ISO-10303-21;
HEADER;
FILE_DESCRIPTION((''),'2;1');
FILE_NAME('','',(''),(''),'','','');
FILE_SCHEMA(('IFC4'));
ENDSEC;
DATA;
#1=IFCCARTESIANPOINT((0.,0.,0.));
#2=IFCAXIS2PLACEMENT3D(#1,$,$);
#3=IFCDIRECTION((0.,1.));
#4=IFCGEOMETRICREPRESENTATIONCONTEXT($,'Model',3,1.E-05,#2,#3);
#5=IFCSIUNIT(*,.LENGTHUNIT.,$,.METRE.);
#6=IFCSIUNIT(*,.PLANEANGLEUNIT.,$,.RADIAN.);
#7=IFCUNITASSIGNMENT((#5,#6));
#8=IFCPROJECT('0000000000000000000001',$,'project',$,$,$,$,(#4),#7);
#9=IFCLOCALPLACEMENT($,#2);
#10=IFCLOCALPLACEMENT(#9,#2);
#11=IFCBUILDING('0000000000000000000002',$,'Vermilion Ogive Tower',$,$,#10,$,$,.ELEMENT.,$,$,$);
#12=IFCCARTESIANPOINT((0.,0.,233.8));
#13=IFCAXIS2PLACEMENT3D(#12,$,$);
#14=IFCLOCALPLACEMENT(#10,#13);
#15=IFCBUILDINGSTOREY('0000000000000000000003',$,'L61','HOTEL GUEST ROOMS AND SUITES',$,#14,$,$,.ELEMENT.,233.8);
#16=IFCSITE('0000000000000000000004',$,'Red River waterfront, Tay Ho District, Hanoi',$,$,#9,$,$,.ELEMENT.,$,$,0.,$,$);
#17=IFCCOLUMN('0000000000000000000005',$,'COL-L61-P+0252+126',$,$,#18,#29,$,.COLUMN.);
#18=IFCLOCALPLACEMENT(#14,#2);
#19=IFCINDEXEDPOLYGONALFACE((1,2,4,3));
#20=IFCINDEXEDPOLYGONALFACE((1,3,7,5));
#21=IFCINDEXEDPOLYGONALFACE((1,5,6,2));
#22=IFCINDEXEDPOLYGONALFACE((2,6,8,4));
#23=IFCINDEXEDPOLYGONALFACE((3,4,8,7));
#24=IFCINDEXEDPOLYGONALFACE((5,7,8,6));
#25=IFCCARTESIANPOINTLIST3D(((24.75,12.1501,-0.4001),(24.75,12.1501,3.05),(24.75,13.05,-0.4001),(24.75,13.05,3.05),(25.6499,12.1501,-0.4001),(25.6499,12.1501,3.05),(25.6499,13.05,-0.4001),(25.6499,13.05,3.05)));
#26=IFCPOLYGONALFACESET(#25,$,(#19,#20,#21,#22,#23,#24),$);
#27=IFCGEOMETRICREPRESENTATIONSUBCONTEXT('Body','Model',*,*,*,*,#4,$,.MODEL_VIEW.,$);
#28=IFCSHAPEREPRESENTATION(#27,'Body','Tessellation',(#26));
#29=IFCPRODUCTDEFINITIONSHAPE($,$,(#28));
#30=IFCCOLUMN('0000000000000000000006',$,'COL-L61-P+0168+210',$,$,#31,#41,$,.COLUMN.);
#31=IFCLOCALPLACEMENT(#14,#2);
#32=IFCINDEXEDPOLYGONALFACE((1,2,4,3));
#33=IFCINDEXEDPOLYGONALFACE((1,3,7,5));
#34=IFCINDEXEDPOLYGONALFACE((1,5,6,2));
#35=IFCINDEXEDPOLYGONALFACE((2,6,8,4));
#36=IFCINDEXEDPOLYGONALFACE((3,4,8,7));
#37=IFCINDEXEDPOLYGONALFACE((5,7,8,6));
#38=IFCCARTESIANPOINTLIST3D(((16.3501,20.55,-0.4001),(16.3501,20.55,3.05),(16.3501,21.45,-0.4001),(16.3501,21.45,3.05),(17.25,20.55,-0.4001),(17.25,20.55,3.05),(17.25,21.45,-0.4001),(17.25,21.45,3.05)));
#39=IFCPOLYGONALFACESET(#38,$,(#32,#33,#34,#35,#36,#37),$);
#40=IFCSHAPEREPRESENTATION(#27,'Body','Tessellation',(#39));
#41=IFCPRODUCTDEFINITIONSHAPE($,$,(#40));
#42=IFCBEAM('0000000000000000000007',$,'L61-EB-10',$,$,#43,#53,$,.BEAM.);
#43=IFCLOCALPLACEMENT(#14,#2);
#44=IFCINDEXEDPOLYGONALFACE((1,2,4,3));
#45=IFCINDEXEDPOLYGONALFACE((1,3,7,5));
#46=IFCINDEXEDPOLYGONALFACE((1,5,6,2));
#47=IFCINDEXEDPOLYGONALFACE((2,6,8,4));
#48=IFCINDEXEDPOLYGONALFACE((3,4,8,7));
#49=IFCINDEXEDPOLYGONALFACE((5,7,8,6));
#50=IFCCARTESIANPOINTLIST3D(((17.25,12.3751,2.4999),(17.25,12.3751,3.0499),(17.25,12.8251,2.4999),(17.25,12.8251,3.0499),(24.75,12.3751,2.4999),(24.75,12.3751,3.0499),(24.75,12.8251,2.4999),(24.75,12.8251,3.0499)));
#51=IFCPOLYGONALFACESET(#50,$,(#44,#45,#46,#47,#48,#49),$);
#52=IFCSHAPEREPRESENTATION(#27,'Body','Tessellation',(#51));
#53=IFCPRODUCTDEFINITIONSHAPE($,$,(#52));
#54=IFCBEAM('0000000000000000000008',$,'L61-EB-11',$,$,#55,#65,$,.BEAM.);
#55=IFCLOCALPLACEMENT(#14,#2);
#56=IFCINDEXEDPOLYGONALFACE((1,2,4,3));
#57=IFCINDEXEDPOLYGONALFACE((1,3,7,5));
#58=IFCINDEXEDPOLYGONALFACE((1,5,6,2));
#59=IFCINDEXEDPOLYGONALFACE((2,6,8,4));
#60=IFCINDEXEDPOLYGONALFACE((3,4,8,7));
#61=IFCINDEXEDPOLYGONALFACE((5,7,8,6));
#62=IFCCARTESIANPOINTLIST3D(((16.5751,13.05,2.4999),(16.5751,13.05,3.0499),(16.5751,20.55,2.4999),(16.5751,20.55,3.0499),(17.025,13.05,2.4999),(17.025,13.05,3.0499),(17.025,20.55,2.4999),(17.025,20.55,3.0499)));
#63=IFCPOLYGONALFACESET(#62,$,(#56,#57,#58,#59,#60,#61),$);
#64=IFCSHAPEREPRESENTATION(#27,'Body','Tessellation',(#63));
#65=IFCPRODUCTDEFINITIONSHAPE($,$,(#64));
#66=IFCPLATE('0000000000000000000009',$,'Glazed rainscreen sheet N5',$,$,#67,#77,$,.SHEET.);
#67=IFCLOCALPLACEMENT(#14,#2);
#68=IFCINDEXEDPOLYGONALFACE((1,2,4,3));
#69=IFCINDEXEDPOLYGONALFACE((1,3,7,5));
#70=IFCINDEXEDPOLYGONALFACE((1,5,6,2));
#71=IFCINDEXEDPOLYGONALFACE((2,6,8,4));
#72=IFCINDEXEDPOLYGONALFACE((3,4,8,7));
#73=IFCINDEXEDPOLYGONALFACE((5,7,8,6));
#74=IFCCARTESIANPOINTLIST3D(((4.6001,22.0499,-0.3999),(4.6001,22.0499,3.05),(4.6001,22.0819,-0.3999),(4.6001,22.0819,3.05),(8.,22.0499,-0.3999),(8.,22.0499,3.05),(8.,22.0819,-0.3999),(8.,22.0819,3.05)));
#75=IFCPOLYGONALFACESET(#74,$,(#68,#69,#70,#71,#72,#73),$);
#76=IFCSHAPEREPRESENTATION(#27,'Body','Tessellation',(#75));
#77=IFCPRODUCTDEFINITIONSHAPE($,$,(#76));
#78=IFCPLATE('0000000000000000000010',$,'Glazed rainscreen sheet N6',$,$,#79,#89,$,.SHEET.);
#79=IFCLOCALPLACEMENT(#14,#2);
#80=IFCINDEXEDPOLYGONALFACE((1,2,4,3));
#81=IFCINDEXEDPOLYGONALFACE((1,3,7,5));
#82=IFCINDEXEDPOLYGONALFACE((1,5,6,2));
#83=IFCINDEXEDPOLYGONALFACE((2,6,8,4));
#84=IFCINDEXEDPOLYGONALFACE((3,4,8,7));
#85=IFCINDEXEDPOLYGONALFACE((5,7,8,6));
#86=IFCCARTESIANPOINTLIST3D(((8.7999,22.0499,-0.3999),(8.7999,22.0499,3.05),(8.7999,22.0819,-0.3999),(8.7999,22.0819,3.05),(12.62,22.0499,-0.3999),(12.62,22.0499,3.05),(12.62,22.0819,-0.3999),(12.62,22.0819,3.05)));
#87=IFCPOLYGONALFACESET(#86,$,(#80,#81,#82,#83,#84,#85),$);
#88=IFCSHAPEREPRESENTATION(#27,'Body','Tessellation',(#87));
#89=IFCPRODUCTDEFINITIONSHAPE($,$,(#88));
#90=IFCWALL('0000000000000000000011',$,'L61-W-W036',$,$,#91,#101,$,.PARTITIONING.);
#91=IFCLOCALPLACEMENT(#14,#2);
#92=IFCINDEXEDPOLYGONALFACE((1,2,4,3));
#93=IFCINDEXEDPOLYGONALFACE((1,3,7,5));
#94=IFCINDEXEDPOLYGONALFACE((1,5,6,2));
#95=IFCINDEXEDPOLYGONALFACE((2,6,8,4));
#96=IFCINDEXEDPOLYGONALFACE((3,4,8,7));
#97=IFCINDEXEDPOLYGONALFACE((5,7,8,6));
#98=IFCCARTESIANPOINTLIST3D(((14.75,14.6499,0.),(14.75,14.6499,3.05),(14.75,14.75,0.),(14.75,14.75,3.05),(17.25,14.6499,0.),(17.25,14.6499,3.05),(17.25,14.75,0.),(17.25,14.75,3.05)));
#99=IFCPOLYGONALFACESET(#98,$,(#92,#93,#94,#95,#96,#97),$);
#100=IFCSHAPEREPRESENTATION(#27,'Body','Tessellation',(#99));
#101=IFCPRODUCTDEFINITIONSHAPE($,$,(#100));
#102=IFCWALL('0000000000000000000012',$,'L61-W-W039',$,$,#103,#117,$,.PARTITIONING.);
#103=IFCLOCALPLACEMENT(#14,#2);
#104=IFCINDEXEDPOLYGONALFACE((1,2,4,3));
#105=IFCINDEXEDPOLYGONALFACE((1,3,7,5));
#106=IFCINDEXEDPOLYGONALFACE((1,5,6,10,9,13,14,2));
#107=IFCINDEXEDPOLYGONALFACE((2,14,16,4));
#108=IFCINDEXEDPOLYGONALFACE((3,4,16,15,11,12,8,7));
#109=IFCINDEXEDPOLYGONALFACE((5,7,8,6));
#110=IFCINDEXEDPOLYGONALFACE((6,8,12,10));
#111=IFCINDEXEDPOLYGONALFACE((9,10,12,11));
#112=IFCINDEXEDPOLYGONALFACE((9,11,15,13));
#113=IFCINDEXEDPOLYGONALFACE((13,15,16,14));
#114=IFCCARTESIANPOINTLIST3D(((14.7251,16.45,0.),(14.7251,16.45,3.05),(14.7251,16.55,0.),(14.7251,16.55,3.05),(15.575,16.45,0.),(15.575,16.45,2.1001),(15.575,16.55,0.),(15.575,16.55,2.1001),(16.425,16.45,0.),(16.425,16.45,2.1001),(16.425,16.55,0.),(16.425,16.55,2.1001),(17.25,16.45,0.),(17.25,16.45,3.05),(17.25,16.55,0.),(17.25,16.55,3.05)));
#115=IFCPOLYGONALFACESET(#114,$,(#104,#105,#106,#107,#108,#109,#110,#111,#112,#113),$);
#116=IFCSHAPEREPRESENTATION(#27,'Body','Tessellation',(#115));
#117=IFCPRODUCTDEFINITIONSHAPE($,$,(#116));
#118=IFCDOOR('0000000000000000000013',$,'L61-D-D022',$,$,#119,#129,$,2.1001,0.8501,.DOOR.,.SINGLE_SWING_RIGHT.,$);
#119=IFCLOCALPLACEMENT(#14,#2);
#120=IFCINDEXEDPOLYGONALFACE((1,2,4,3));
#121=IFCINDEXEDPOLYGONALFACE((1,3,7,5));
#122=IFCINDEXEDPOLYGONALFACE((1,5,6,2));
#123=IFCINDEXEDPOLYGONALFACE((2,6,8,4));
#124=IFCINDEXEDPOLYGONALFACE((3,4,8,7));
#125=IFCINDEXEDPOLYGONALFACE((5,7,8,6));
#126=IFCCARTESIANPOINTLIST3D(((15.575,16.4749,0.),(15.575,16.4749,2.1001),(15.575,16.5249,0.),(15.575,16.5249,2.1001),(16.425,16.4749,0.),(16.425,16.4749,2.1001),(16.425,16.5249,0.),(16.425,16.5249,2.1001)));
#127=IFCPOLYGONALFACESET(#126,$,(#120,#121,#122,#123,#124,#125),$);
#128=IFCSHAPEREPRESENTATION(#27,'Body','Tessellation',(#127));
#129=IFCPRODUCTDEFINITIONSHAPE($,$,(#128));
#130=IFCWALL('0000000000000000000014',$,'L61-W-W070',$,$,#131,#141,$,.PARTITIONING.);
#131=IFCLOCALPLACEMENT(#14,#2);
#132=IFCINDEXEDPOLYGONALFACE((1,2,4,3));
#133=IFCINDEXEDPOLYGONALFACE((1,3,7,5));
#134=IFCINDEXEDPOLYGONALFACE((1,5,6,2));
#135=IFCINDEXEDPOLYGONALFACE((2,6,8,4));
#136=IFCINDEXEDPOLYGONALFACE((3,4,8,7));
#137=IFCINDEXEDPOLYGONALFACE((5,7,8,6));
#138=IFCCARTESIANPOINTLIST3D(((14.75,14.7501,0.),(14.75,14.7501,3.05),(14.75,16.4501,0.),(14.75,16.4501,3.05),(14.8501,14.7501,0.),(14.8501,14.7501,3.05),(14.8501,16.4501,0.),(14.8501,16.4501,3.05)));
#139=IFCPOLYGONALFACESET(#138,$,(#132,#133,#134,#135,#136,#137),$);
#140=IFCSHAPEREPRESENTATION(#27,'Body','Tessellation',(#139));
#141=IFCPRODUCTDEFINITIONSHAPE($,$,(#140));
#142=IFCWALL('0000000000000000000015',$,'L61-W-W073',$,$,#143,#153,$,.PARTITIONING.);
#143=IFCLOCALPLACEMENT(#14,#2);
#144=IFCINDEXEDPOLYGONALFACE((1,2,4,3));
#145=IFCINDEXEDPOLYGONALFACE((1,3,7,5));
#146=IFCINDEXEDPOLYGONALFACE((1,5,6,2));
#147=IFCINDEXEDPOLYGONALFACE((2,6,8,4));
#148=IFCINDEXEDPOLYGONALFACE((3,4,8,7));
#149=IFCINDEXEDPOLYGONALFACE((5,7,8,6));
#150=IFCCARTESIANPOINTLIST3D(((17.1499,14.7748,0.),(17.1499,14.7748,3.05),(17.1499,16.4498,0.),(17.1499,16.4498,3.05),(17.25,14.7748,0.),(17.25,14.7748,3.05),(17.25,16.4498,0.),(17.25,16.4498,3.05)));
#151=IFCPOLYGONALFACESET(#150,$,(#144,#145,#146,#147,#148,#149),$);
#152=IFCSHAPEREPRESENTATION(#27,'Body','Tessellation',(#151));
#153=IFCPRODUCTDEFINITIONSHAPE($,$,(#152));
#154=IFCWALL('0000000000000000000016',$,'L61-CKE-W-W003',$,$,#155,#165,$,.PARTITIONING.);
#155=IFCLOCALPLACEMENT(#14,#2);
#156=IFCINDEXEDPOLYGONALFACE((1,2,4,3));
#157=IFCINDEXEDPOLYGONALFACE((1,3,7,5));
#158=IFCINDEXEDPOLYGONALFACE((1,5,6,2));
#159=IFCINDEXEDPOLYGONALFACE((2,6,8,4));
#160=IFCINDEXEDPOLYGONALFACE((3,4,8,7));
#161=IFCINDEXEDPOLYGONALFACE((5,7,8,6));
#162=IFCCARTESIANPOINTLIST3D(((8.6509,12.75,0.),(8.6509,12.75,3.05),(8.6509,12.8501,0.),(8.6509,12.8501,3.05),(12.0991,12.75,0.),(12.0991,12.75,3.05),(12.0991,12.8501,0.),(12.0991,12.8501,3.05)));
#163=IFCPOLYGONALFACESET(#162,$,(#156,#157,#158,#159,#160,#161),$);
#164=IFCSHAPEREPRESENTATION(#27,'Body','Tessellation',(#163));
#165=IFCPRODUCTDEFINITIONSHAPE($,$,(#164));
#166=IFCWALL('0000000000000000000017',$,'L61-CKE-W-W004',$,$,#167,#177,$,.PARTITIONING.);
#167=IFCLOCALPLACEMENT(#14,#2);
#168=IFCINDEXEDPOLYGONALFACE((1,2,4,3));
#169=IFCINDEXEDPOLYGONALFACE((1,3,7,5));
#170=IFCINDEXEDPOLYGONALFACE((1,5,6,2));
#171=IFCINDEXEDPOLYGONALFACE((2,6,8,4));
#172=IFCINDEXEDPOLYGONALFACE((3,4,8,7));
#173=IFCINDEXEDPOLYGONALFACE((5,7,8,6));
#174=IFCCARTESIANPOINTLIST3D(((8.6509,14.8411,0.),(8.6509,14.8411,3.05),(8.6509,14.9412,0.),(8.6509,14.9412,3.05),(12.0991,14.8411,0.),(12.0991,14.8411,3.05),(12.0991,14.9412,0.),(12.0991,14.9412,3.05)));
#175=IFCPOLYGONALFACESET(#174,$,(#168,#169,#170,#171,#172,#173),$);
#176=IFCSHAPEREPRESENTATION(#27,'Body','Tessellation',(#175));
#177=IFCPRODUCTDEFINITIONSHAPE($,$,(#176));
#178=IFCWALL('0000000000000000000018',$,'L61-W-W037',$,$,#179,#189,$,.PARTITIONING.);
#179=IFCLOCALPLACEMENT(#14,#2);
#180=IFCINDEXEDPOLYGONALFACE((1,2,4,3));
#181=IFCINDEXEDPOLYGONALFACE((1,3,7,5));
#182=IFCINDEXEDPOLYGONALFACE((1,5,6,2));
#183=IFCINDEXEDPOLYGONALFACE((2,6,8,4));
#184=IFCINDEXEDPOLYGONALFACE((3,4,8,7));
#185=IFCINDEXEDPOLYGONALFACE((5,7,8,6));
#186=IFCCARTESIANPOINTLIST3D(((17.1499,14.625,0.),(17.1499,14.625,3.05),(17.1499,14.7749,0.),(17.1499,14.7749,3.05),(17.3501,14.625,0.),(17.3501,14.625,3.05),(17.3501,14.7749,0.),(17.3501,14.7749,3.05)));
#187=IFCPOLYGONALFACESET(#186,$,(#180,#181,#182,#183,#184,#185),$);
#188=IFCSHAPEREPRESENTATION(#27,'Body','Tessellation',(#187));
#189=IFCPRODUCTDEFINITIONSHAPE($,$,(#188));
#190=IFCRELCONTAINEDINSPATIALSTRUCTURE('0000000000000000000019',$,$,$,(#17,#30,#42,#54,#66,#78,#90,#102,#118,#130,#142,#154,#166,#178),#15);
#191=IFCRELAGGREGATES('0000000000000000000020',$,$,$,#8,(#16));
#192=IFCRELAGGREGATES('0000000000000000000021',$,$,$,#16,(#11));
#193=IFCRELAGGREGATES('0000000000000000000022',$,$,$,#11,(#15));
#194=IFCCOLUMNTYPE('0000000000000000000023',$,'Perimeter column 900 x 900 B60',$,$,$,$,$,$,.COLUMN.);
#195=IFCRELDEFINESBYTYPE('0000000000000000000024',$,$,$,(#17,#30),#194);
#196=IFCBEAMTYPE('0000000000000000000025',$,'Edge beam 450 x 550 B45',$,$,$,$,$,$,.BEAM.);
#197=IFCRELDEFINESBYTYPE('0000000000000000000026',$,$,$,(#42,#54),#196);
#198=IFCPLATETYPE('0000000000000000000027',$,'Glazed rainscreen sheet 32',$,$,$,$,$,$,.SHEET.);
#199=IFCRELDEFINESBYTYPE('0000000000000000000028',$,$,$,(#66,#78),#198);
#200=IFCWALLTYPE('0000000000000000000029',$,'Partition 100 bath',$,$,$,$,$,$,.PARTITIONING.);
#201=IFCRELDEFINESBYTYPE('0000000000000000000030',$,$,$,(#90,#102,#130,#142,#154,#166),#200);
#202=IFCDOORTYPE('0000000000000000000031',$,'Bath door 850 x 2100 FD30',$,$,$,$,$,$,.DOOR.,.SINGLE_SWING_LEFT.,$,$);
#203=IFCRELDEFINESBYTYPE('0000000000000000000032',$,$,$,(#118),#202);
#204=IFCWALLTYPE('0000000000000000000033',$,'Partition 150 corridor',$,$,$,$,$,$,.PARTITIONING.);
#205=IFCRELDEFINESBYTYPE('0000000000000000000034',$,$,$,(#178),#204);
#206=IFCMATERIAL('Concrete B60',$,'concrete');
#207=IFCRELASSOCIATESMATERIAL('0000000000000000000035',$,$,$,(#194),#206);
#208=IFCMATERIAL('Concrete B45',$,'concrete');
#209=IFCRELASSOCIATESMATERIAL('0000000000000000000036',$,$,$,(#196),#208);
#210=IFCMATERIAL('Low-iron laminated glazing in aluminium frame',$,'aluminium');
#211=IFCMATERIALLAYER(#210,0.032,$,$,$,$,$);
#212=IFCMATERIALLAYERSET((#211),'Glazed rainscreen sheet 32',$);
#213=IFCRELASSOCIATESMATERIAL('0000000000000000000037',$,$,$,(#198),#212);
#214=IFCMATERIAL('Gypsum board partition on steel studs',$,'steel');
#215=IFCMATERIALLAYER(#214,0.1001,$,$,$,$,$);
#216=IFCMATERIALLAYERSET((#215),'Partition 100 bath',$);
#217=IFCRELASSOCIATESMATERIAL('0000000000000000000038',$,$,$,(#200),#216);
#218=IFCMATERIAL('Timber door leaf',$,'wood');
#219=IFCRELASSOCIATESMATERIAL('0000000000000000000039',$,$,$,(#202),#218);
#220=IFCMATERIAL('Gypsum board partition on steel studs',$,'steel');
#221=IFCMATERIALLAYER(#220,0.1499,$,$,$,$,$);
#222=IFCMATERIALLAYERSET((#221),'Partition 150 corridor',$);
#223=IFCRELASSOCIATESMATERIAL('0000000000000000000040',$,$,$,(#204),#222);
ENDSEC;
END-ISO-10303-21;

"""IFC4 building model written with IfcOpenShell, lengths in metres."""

from ifc_helpers import new_model, si_unit, direction, frame, frame_2d, origin, origin_2d, place, context, subcontext, project, spatial, rectangle, extrude, material, layer, layer_set, material_profile, profile_set, type_object, element, fill, save


model = new_model("IFC4")

# Units and contexts
model_context = context("Model", 3, precision=1e-05, world=origin(), true_north=direction((0.0, 1.0)))
body_context = subcontext(model_context, "Body", "Model", "MODEL_VIEW")
ifc_project = project(units=[si_unit("LENGTHUNIT", "METRE"), si_unit("PLANEANGLEUNIT", "RADIAN")], contexts=[model_context])

# Site, building, storey
site_placement = place(None, origin())
site = spatial("IfcSite", under=ifc_project, at=site_placement, Name="Red River waterfront, Tay Ho District, Hanoi", CompositionType="ELEMENT", RefElevation=0.0)
building_placement = place(site_placement, origin())
building = spatial("IfcBuilding", under=site, at=building_placement, Name="Vermilion Ogive Tower", CompositionType="ELEMENT")
storey_placement = place(building_placement, frame((0.0, 0.0, 233.8)))
storey = spatial("IfcBuildingStorey", under=building, at=storey_placement, Name="L61", Description="HOTEL GUEST ROOMS AND SUITES", CompositionType="ELEMENT", Elevation=233.8)

# Columns
ifc_material_1 = material(Name="Concrete B60", Category="concrete")
ifc_material_profile_1 = material_profile(ifc_material_1, rectangle(XDim=0.8999, YDim=0.8999, at=origin_2d()), Name="900 x 900")
ifc_profile_set_1 = profile_set([ifc_material_profile_1], Name="Concrete B60")
column_type = type_object("IfcColumnType", Name="Perimeter column 900 x 900 B60", PredefinedType="COLUMN", material=ifc_profile_set_1)
for number, where, z_axis, x_axis, name in (
    (1, (25.2, 12.6001, -0.4001), (0.0, 0.0, 1.0), (1.0, 0.0, 0.0), "COL-L61-P+0252+126"),
    (2, (16.8, 21.0, -0.4001), (0.0, 0.0, 1.0), (1.0, 0.0, 0.0), "COL-L61-P+0168+210"),
):
    element("IfcColumn", number, at=place(storey_placement, frame(where, z_axis=z_axis, x_axis=x_axis)), inside=storey, type_object=column_type, Name=name, PredefinedType="COLUMN", context=body_context, shape_type="SweptSolid", body=[
        extrude(rectangle(XDim=0.8999, YDim=0.8999, at=origin_2d()), origin(), (0.0, 0.0, 1.0), 3.4502),
    ])

# Beams
ifc_material_2 = material(Name="Concrete B45", Category="concrete")
ifc_material_profile_2 = material_profile(ifc_material_2, rectangle(XDim=0.45, YDim=0.55, at=origin_2d()), Name="450 x 550")
ifc_profile_set_2 = profile_set([ifc_material_profile_2], Name="Concrete B45")
beam_type = type_object("IfcBeamType", Name="Edge beam 450 x 550 B45", PredefinedType="BEAM", material=ifc_profile_set_2)
for number, where, z_axis, x_axis, name in (
    (3, (24.75, 12.6001, 2.7749), (-1.0, 0.0, 0.0), (0.0, -1.0, 0.0), "L61-EB-10"),
    (4, (16.8, 13.05, 2.7749), (0.0, 1.0, 0.0), (-1.0, 0.0, 0.0), "L61-EB-11"),
):
    element("IfcBeam", number, at=place(storey_placement, frame(where, z_axis=z_axis, x_axis=x_axis)), inside=storey, type_object=beam_type, Name=name, PredefinedType="BEAM", context=body_context, shape_type="SweptSolid", body=[
        extrude(rectangle(XDim=0.45, YDim=0.55, at=origin_2d()), origin(), (0.0, 0.0, 1.0), 7.5),
    ])

# Plates
ifc_material_3 = material(Name="Low-iron laminated glazing in aluminium frame", Category="aluminium")
ifc_layer_1 = layer(ifc_material_3, 0.032)
ifc_layer_set_1 = layer_set([ifc_layer_1], Name="Glazed rainscreen sheet 32")
plate_type = type_object("IfcPlateType", Name="Glazed rainscreen sheet 32", PredefinedType="SHEET", material=ifc_layer_set_1)
plate_1_placement = place(storey_placement, frame((6.3, 22.0659, -0.3999), z_axis=(0.0, 0.0, 1.0), x_axis=(1.0, 0.0, 0.0)))
element("IfcPlate", 5, at=plate_1_placement, inside=storey, type_object=plate_type, Name="Glazed rainscreen sheet N5", PredefinedType="SHEET", context=body_context, shape_type="SweptSolid", body=[
    extrude(rectangle(XDim=3.3999, YDim=0.032, at=origin_2d()), origin(), (0.0, 0.0, 1.0), 3.45),
])
plate_2_placement = place(storey_placement, frame((10.71, 22.0659, -0.3999), z_axis=(0.0, 0.0, 1.0), x_axis=(1.0, 0.0, 0.0)))
element("IfcPlate", 6, at=plate_2_placement, inside=storey, type_object=plate_type, Name="Glazed rainscreen sheet N6", PredefinedType="SHEET", context=body_context, shape_type="SweptSolid", body=[
    extrude(rectangle(XDim=3.8201, YDim=0.032, at=origin_2d()), origin(), (0.0, 0.0, 1.0), 3.45),
])

# Wall
ifc_material_4 = material(Name="Gypsum board partition on steel studs", Category="steel")
ifc_layer_2 = layer(ifc_material_4, 0.1001)
ifc_layer_set_2 = layer_set([ifc_layer_2], Name="Partition 100 bath")
wall_type_1 = type_object("IfcWallType", Name="Partition 100 bath", PredefinedType="PARTITIONING", material=ifc_layer_set_2)
wall_1_placement = place(storey_placement, frame((14.75, 14.7, 0.0), z_axis=(0.0, 0.0, 1.0), x_axis=(1.0, 0.0, 0.0)))
element("IfcWall", 7, at=wall_1_placement, inside=storey, type_object=wall_type_1, Name="L61-W-W036", PredefinedType="PARTITIONING", context=body_context, shape_type="SweptSolid", body=[
    extrude(rectangle(XDim=2.5, YDim=0.1001, at=frame_2d((1.25, 0.0))), origin(), (0.0, 0.0, 1.0), 3.05),
])

# Wall, opening, door
wall_2_placement = place(storey_placement, frame((14.7251, 16.5, 0.0), z_axis=(0.0, 0.0, 1.0), x_axis=(1.0, 0.0, 0.0)))
wall_2 = element("IfcWall", 8, at=wall_2_placement, inside=storey, type_object=wall_type_1, Name="L61-W-W039", PredefinedType="PARTITIONING", context=body_context, shape_type="SweptSolid", body=[
    extrude(rectangle(XDim=2.5249, YDim=0.1001, at=frame_2d((1.2625, 0.0))), origin(), (0.0, 0.0, 1.0), 3.05),
])
opening_1_placement = place(wall_2_placement, frame((0.8499, 0.0, 0.0)))
opening_1 = element("IfcOpeningElement", 9, at=opening_1_placement, cuts=wall_2, PredefinedType="OPENING", context=body_context, shape_type="SweptSolid", body=[
    extrude(rectangle(XDim=0.8501, YDim=2.1001, at=frame_2d((0.425, 1.05))), frame((0.0, 0.0601, 0.0), z_axis=(0.0, -1.0, 0.0), x_axis=(1.0, 0.0, 0.0)), (0.0, 0.0, 1.0), 0.1201),
])
ifc_material_5 = material(Name="Timber door leaf", Category="wood")
door_type_1 = type_object("IfcDoorType", Name="Bath door 850 x 2100 FD30", OperationType="SINGLE_SWING_LEFT", PredefinedType="DOOR", material=ifc_material_5)
door_1_placement = place(opening_1_placement, origin())
door_1 = element("IfcDoor", 10, at=door_1_placement, inside=storey, type_object=door_type_1, Name="L61-D-D022", OperationType="SINGLE_SWING_RIGHT", OverallHeight=2.1001, OverallWidth=0.8501, PredefinedType="DOOR", context=body_context, shape_type="SweptSolid", body=[
    extrude(rectangle(XDim=0.8501, YDim=2.1001, at=frame_2d((0.425, 1.05))), frame((0.0, 0.0249, 0.0), z_axis=(0.0, -1.0, 0.0), x_axis=(1.0, 0.0, 0.0)), (0.0, 0.0, 1.0), 0.05),
])
fill(opening_1, door_1)

# Walls
wall_3_placement = place(storey_placement, frame((14.8, 14.75, 0.0), z_axis=(0.0, 0.0, 1.0), x_axis=(0.0, 1.0, 0.0)))
element("IfcWall", 11, at=wall_3_placement, inside=storey, type_object=wall_type_1, Name="L61-W-W070", PredefinedType="PARTITIONING", context=body_context, shape_type="SweptSolid", body=[
    extrude(rectangle(XDim=1.7, YDim=0.1001, at=frame_2d((0.8501, 0.0))), origin(), (0.0, 0.0, 1.0), 3.05),
])
wall_4_placement = place(storey_placement, frame((17.2, 14.7749, 0.0), z_axis=(0.0, 0.0, 1.0), x_axis=(0.0, 1.0, 0.0)))
element("IfcWall", 12, at=wall_4_placement, inside=storey, type_object=wall_type_1, Name="L61-W-W073", PredefinedType="PARTITIONING", context=body_context, shape_type="SweptSolid", body=[
    extrude(rectangle(XDim=1.675, YDim=0.1001, at=frame_2d((0.8374, 0.0))), origin(), (0.0, 0.0, 1.0), 3.05),
])
for number, where, z_axis, x_axis, name in (
    (13, (8.6509, 12.8, 0.0), (0.0, 0.0, 1.0), (1.0, 0.0, 0.0), "L61-CKE-W-W003"),
    (14, (8.6509, 14.8911, 0.0), (0.0, 0.0, 1.0), (1.0, 0.0, 0.0), "L61-CKE-W-W004"),
):
    element("IfcWall", number, at=place(storey_placement, frame(where, z_axis=z_axis, x_axis=x_axis)), inside=storey, type_object=wall_type_1, Name=name, PredefinedType="PARTITIONING", context=body_context, shape_type="SweptSolid", body=[
        extrude(rectangle(XDim=3.4482, YDim=0.1001, at=frame_2d((1.7241, 0.0))), origin(), (0.0, 0.0, 1.0), 3.05),
    ])
ifc_material_6 = material(Name="Gypsum board partition on steel studs", Category="steel")
ifc_layer_3 = layer(ifc_material_6, 0.1499)
ifc_layer_set_3 = layer_set([ifc_layer_3], Name="Partition 150 corridor")
wall_type_2 = type_object("IfcWallType", Name="Partition 150 corridor", PredefinedType="PARTITIONING", material=ifc_layer_set_3)
wall_5_placement = place(storey_placement, frame((17.1499, 14.7, 0.0), z_axis=(0.0, 0.0, 1.0), x_axis=(1.0, 0.0, 0.0)))
element("IfcWall", 15, at=wall_5_placement, inside=storey, type_object=wall_type_2, Name="L61-W-W037", PredefinedType="PARTITIONING", context=body_context, shape_type="SweptSolid", body=[
    extrude(rectangle(XDim=0.2002, YDim=0.1499, at=frame_2d((0.1001, 0.0))), origin(), (0.0, 0.0, 1.0), 3.05),
])

save(model, "model.ifc")
